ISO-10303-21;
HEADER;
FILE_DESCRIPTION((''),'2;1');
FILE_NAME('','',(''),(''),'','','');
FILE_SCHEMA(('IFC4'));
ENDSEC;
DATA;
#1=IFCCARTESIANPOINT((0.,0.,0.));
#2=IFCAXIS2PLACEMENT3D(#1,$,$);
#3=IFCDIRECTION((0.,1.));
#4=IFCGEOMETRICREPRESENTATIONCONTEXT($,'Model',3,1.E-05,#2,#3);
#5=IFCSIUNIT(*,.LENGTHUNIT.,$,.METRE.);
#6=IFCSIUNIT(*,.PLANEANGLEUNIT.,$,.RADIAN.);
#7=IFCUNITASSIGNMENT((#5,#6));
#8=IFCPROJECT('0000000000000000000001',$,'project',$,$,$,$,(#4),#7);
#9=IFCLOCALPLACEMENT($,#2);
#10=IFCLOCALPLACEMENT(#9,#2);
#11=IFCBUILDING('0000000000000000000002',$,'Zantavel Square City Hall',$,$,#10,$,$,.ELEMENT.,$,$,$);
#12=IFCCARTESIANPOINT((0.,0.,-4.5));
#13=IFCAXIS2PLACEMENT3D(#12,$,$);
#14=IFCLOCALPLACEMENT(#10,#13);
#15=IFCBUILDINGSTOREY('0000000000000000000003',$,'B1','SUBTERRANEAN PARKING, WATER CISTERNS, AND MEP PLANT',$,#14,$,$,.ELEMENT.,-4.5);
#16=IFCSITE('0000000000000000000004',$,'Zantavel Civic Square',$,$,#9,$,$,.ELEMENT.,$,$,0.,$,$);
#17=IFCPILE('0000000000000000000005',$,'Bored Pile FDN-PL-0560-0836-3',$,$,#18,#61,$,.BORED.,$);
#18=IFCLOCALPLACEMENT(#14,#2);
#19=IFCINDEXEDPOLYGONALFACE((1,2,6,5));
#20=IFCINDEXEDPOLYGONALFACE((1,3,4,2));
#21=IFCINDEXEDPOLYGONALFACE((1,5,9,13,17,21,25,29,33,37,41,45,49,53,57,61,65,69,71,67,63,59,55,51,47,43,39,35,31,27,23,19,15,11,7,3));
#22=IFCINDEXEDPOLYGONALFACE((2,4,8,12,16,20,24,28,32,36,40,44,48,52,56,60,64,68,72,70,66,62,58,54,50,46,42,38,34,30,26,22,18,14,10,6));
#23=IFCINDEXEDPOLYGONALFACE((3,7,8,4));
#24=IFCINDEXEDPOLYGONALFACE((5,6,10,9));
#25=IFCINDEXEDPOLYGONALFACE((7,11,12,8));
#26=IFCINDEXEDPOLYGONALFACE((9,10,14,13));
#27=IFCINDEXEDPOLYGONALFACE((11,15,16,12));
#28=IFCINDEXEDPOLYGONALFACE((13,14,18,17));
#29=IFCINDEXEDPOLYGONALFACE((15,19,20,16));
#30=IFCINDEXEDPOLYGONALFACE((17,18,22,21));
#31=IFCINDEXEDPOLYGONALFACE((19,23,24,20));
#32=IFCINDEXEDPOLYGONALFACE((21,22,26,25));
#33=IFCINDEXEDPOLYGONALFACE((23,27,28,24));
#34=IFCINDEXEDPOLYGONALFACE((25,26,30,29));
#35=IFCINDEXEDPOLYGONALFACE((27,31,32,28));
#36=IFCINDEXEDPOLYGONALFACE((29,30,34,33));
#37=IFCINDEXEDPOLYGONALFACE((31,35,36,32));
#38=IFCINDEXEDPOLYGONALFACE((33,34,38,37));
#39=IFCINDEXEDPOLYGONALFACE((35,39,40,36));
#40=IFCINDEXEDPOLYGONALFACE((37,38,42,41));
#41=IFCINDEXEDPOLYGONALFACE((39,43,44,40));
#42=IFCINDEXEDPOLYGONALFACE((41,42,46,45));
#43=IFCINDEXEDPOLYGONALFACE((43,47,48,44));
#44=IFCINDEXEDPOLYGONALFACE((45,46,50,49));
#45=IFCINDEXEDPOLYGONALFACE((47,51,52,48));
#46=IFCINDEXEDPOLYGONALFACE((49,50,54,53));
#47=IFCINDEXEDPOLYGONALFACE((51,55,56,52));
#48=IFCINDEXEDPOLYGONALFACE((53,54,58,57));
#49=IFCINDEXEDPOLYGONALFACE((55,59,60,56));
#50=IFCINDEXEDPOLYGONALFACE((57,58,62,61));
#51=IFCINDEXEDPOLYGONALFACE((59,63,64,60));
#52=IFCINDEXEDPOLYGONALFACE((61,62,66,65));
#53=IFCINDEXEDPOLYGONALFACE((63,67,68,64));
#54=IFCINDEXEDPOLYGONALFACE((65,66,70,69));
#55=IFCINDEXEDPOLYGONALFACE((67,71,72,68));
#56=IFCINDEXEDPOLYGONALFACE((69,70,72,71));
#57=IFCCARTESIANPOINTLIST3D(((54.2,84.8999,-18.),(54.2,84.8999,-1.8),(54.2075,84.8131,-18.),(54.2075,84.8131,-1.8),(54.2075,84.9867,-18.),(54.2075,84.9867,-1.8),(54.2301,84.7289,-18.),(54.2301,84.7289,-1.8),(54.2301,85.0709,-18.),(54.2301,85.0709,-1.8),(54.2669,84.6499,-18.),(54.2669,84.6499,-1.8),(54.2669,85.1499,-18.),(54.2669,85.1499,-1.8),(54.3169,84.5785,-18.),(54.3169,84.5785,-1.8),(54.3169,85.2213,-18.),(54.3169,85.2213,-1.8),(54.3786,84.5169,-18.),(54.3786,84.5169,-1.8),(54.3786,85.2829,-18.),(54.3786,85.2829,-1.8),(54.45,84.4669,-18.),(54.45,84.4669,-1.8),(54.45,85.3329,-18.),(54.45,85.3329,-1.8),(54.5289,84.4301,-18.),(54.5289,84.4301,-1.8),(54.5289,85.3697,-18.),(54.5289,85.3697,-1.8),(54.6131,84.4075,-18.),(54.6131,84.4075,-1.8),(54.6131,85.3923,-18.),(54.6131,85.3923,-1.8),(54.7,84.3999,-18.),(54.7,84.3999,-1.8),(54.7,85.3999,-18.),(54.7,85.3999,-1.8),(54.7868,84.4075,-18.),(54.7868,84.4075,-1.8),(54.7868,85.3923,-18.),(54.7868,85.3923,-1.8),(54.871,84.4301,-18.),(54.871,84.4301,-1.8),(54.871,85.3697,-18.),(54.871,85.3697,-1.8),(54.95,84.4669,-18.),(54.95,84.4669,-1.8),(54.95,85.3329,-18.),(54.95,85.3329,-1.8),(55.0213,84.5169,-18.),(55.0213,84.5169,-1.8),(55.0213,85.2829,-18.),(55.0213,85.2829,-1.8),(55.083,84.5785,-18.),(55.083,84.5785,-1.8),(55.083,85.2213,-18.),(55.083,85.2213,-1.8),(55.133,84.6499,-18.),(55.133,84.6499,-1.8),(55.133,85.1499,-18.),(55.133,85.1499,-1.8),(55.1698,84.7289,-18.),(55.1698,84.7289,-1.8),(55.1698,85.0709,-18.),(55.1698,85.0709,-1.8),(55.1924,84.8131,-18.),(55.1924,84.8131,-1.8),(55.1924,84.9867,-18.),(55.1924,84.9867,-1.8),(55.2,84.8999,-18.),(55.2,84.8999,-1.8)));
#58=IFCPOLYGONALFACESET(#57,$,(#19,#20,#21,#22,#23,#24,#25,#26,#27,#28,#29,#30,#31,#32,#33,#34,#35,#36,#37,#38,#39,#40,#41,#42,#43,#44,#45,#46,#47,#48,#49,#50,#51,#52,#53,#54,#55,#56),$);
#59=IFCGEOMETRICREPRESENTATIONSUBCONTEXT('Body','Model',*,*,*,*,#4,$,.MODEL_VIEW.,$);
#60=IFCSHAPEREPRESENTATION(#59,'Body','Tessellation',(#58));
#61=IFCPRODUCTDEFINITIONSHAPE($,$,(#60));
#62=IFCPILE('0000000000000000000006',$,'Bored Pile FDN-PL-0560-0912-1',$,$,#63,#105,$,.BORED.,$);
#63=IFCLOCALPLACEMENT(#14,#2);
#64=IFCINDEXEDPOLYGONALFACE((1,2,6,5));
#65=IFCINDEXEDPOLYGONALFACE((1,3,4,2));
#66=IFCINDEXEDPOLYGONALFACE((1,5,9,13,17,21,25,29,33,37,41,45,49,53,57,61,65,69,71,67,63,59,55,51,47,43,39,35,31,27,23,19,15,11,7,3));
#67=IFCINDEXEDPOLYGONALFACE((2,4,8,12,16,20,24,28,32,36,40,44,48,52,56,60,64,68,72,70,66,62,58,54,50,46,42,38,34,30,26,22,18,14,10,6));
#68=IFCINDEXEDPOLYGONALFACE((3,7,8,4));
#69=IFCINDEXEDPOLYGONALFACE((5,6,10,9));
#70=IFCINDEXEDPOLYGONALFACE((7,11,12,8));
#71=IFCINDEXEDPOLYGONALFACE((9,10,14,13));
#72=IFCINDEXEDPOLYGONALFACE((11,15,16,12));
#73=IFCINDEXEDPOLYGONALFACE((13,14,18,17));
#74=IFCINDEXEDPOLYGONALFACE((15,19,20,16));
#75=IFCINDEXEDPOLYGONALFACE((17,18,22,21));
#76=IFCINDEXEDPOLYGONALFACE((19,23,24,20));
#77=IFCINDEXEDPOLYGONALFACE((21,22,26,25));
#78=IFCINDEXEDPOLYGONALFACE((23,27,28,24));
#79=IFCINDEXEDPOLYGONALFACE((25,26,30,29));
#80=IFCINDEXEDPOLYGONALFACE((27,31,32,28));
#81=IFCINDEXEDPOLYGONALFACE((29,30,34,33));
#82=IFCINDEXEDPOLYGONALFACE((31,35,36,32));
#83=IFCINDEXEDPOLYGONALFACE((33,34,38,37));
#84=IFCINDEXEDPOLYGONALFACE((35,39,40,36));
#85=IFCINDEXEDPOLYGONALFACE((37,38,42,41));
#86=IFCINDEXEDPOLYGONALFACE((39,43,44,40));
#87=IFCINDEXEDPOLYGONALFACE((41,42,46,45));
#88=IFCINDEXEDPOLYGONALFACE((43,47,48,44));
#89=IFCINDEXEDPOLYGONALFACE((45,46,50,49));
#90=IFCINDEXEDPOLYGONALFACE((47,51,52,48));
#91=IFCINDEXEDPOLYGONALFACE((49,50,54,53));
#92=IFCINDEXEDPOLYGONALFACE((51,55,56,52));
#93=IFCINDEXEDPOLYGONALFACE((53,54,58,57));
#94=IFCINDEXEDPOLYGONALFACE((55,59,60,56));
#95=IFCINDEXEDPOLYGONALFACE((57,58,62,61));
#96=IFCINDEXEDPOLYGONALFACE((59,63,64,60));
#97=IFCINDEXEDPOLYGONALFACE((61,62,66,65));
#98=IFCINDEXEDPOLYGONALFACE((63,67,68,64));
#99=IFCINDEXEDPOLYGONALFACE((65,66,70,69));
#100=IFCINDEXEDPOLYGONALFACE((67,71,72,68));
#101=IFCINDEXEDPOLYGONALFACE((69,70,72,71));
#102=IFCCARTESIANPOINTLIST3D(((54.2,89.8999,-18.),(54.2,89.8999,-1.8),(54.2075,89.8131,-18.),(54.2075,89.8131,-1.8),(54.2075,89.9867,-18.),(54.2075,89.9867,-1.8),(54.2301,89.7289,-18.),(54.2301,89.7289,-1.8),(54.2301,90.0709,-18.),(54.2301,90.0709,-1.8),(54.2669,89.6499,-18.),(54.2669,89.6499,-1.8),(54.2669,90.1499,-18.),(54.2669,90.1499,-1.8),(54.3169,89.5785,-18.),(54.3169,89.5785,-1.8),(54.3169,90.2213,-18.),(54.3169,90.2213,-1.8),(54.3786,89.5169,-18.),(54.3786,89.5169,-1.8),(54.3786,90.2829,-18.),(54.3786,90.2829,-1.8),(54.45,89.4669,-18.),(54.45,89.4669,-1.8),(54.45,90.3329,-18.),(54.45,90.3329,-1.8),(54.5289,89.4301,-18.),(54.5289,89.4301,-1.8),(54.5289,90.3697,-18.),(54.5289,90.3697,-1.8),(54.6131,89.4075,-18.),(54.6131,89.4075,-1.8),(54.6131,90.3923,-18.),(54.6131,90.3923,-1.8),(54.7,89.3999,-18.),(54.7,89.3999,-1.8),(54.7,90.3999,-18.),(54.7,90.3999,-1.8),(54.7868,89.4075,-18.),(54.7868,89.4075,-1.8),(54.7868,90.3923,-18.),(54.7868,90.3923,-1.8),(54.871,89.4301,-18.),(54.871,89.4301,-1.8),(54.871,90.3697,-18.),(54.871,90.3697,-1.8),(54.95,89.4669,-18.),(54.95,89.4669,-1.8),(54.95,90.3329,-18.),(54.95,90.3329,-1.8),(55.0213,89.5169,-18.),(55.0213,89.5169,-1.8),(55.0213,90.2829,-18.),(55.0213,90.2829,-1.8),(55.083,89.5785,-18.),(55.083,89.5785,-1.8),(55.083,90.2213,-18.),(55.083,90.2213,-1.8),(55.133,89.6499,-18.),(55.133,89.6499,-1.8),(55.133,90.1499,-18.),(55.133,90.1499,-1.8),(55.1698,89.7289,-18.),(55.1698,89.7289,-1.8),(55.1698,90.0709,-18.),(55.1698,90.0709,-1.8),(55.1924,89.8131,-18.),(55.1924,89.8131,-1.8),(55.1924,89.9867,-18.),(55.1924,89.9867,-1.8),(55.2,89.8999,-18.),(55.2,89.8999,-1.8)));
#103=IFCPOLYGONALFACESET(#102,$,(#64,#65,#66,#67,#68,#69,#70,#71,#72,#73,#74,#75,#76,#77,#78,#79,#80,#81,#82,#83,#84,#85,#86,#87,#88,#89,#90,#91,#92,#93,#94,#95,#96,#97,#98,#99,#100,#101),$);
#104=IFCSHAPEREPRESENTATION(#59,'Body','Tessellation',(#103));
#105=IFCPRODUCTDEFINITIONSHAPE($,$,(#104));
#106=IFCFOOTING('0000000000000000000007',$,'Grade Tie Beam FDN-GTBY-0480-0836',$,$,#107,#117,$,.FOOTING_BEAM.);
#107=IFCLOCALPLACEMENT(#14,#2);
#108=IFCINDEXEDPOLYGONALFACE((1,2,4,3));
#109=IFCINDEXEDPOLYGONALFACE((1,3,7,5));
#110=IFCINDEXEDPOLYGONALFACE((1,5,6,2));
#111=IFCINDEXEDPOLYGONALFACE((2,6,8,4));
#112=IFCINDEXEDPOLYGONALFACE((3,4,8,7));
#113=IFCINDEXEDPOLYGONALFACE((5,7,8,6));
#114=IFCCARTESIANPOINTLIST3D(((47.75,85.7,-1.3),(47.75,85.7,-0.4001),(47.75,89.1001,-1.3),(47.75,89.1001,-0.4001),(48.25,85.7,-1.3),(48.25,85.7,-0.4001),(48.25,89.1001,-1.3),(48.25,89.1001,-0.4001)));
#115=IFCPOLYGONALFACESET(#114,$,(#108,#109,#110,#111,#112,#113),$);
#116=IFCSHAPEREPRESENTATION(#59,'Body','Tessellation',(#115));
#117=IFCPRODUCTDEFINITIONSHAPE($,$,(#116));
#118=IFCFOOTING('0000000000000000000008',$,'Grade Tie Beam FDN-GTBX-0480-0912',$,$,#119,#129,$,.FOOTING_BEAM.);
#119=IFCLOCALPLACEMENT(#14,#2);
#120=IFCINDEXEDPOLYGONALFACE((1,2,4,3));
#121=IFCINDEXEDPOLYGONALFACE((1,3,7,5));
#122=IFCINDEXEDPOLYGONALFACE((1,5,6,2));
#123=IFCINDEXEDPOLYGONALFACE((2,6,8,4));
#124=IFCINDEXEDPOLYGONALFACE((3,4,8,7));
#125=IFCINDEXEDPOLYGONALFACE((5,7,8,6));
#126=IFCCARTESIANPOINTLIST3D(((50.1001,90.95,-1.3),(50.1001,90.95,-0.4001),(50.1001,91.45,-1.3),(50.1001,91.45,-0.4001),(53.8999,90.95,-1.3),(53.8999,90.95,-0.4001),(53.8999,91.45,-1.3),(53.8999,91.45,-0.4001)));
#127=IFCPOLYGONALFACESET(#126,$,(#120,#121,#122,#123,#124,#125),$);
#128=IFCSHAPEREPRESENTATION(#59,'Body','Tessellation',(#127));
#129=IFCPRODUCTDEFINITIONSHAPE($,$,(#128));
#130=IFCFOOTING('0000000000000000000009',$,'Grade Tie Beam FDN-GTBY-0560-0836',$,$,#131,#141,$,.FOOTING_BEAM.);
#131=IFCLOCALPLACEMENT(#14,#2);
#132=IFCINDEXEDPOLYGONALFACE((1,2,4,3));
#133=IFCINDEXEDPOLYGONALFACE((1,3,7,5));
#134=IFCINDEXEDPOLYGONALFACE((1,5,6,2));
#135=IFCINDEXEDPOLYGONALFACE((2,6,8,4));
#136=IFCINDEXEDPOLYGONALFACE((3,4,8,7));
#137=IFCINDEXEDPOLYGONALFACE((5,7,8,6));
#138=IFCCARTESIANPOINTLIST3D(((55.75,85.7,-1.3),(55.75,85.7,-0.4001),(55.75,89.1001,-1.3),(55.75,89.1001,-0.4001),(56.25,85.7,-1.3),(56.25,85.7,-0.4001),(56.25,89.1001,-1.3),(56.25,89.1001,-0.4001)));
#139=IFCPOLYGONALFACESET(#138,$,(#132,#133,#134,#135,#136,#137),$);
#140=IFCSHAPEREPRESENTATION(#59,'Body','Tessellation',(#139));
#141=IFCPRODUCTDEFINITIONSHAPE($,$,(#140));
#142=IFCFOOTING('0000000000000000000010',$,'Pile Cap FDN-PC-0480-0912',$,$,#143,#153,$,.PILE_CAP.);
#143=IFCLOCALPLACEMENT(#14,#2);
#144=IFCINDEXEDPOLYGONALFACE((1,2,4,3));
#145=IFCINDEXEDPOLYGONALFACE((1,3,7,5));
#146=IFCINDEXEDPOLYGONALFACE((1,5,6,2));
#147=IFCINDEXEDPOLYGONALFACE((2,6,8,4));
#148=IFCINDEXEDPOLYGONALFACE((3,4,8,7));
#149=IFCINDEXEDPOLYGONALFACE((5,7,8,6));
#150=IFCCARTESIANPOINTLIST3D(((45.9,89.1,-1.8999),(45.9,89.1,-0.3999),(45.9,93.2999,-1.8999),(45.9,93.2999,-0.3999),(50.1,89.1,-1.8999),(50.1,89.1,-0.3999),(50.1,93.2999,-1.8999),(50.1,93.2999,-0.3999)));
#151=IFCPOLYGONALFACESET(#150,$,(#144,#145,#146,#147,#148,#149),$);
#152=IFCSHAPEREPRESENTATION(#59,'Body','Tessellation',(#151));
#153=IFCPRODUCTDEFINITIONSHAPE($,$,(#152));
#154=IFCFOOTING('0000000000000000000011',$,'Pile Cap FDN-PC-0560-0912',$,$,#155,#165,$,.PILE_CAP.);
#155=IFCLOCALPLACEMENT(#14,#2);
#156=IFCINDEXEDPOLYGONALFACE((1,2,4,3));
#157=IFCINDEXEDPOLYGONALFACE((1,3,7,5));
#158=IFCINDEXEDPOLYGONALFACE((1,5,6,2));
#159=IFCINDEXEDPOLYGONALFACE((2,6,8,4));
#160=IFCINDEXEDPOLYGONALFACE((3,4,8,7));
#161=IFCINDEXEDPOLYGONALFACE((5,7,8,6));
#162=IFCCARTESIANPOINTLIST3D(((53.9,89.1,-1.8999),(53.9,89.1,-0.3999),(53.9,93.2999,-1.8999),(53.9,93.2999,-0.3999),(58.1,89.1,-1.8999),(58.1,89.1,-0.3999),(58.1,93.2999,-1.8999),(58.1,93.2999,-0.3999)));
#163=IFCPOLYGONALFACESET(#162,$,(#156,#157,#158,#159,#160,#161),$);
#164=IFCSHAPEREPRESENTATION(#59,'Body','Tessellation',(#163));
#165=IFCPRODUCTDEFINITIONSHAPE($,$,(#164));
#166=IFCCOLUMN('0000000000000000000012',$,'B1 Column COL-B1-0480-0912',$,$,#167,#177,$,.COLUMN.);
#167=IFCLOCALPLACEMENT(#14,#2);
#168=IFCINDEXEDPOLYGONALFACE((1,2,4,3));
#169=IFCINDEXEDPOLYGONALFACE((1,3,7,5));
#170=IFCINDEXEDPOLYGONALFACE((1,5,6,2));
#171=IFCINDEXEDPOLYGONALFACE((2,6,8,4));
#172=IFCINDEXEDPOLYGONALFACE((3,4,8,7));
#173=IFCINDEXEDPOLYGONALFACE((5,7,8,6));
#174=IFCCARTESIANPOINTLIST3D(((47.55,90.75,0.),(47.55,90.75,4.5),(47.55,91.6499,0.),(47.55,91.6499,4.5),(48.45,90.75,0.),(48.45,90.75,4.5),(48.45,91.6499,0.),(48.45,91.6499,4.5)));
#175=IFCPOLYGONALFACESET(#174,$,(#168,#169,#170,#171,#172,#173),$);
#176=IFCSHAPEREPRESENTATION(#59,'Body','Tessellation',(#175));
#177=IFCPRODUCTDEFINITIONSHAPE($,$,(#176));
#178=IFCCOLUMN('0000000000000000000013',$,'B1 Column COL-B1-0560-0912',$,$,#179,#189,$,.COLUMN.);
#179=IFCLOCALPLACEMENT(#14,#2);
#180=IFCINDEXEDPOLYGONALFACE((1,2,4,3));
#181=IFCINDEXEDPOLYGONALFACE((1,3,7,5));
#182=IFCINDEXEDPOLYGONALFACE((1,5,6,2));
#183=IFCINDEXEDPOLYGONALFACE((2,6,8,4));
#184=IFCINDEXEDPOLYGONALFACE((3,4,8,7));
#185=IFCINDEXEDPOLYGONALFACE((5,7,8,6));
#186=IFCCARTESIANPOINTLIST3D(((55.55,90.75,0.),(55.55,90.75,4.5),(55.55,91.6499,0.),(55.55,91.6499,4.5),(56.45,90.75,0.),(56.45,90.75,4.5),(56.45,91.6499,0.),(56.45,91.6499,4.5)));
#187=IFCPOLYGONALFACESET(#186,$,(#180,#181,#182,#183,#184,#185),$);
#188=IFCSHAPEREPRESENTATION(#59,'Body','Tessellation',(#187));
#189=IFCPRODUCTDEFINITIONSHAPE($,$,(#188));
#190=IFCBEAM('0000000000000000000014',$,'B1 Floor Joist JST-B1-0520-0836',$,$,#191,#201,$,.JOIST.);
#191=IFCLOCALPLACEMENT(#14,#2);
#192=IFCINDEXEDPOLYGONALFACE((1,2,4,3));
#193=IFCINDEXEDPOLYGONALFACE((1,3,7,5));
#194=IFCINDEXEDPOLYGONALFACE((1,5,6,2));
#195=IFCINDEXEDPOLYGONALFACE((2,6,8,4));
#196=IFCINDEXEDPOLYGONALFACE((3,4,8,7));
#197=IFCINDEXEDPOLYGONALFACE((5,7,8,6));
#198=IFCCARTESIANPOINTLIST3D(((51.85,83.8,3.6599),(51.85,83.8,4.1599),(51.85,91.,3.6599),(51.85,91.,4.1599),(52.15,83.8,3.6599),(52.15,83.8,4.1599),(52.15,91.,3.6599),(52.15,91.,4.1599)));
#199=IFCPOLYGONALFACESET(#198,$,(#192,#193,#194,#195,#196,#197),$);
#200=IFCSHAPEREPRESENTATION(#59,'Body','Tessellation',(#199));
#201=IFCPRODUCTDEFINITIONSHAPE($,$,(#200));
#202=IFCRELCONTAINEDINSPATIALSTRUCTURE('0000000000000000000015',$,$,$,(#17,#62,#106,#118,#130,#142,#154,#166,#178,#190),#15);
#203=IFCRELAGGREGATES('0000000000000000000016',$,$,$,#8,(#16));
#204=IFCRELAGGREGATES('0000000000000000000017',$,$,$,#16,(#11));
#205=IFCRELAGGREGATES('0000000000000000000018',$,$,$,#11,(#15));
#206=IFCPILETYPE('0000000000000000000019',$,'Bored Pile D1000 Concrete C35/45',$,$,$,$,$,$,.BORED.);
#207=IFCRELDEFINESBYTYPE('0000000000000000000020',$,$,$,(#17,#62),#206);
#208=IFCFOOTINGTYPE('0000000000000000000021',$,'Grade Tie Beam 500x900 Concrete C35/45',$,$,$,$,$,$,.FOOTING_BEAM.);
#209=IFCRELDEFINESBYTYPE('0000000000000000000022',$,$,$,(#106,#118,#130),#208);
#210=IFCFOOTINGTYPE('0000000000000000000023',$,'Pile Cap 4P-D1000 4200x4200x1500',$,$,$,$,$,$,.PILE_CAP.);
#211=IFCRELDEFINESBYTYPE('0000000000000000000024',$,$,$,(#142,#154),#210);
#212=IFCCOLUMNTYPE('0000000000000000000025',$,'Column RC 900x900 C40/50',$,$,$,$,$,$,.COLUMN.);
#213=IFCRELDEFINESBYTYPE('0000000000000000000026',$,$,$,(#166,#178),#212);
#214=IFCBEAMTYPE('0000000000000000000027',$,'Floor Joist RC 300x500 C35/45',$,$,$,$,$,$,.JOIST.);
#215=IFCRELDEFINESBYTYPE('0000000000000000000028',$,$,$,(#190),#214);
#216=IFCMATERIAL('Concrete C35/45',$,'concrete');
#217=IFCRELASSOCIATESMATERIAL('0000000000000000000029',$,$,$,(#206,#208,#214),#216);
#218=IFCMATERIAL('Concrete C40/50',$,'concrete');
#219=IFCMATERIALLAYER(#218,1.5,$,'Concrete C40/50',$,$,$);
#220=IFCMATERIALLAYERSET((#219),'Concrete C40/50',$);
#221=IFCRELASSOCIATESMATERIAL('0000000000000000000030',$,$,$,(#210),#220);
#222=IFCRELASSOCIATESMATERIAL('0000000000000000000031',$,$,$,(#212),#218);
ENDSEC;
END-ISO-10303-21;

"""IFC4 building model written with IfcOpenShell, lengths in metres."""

from ifc_helpers import new_model, si_unit, direction, frame, origin, origin_2d, place, context, subcontext, project, spatial, rectangle, circle, extrude, material, layer, layer_set, material_profile, profile_set, type_object, element, save


model = new_model("IFC4")

# Units and contexts
model_context = context("Model", 3, precision=1e-05, world=origin(), true_north=direction((0.0, 1.0)))
body_context = subcontext(model_context, "Body", "Model", "MODEL_VIEW")
ifc_project = project(units=[si_unit("LENGTHUNIT", "METRE"), si_unit("PLANEANGLEUNIT", "RADIAN")], contexts=[model_context])

# Site, building, storey
site_placement = place(None, origin())
site = spatial("IfcSite", under=ifc_project, at=site_placement, Name="Zantavel Civic Square", CompositionType="ELEMENT", RefElevation=0.0)
building_placement = place(site_placement, origin())
building = spatial("IfcBuilding", under=site, at=building_placement, Name="Zantavel Square City Hall", CompositionType="ELEMENT")
storey_placement = place(building_placement, frame((0.0, 0.0, -4.5)))
storey = spatial("IfcBuildingStorey", under=building, at=storey_placement, Name="B1", Description="SUBTERRANEAN PARKING, WATER CISTERNS, AND MEP PLANT", CompositionType="ELEMENT", Elevation=-4.5)

# Piles
ifc_material_1 = material(Name="Concrete C35/45", Category="concrete")
ifc_material_profile_1 = material_profile(ifc_material_1, circle(Radius=0.5, at=origin_2d()), Name="PILE D1000")
ifc_profile_set_1 = profile_set([ifc_material_profile_1], Name="Concrete C35/45")
pile_type = type_object("IfcPileType", Name="Bored Pile D1000 Concrete C35/45", PredefinedType="BORED", material=ifc_profile_set_1)
for number, where, z_axis, x_axis, name in (
    (1, (54.7, 84.8999, -1.8), (0.0, 0.0, -1.0), (1.0, 0.0, 0.0), "Bored Pile FDN-PL-0560-0836-3"),
    (2, (54.7, 89.8999, -1.8), (0.0, 0.0, -1.0), (1.0, 0.0, 0.0), "Bored Pile FDN-PL-0560-0912-1"),
):
    element("IfcPile", number, at=place(storey_placement, frame(where, z_axis=z_axis, x_axis=x_axis)), inside=storey, type_object=pile_type, Name=name, PredefinedType="BORED", context=body_context, shape_type="SweptSolid", body=[
        extrude(circle(Radius=0.5, at=origin_2d()), origin(), (0.0, 0.0, 1.0), 16.2),
    ])

# Footings
ifc_material_profile_2 = material_profile(ifc_material_1, rectangle(XDim=0.5, YDim=0.8999, at=origin_2d()), Name="RC 500x900")
ifc_profile_set_2 = profile_set([ifc_material_profile_2], Name="Concrete C35/45")
footing_type_1 = type_object("IfcFootingType", Name="Grade Tie Beam 500x900 Concrete C35/45", PredefinedType="FOOTING_BEAM", material=ifc_profile_set_2)
footing_1_placement = place(storey_placement, frame((48.0, 85.7, -0.8501), z_axis=(0.0, 1.0, 0.0), x_axis=(-1.0, 0.0, 0.0)))
element("IfcFooting", 3, at=footing_1_placement, inside=storey, type_object=footing_type_1, Name="Grade Tie Beam FDN-GTBY-0480-0836", PredefinedType="FOOTING_BEAM", context=body_context, shape_type="SweptSolid", body=[
    extrude(rectangle(XDim=0.5, YDim=0.8999, at=origin_2d()), origin(), (0.0, 0.0, 1.0), 3.4001),
])
footing_2_placement = place(storey_placement, frame((50.1001, 91.2, -0.8501), z_axis=(1.0, 0.0, 0.0), x_axis=(0.0, 1.0, 0.0)))
element("IfcFooting", 4, at=footing_2_placement, inside=storey, type_object=footing_type_1, Name="Grade Tie Beam FDN-GTBX-0480-0912", PredefinedType="FOOTING_BEAM", context=body_context, shape_type="SweptSolid", body=[
    extrude(rectangle(XDim=0.5, YDim=0.8999, at=origin_2d()), origin(), (0.0, 0.0, 1.0), 3.7998),
])
footing_3_placement = place(storey_placement, frame((56.0, 85.7, -0.8501), z_axis=(0.0, 1.0, 0.0), x_axis=(-1.0, 0.0, 0.0)))
element("IfcFooting", 5, at=footing_3_placement, inside=storey, type_object=footing_type_1, Name="Grade Tie Beam FDN-GTBY-0560-0836", PredefinedType="FOOTING_BEAM", context=body_context, shape_type="SweptSolid", body=[
    extrude(rectangle(XDim=0.5, YDim=0.8999, at=origin_2d()), origin(), (0.0, 0.0, 1.0), 3.4001),
])
ifc_material_2 = material(Name="Concrete C40/50", Category="concrete")
ifc_layer_1 = layer(ifc_material_2, 1.5, Name="Concrete C40/50")
ifc_layer_set_1 = layer_set([ifc_layer_1], Name="Concrete C40/50")
footing_type_2 = type_object("IfcFootingType", Name="Pile Cap 4P-D1000 4200x4200x1500", PredefinedType="PILE_CAP", material=ifc_layer_set_1)
for number, where, z_axis, x_axis, name in (
    (6, (48.0, 91.2, -1.8999), (0.0, 0.0, 1.0), (1.0, 0.0, 0.0), "Pile Cap FDN-PC-0480-0912"),
    (7, (56.0, 91.2, -1.8999), (0.0, 0.0, 1.0), (1.0, 0.0, 0.0), "Pile Cap FDN-PC-0560-0912"),
):
    element("IfcFooting", number, at=place(storey_placement, frame(where, z_axis=z_axis, x_axis=x_axis)), inside=storey, type_object=footing_type_2, Name=name, PredefinedType="PILE_CAP", context=body_context, shape_type="SweptSolid", body=[
        extrude(rectangle(XDim=4.2, YDim=4.2, at=origin_2d()), origin(), (0.0, 0.0, 1.0), 1.5),
    ])

# Columns
ifc_material_profile_3 = material_profile(ifc_material_2, rectangle(XDim=0.8999, YDim=0.8999, at=origin_2d()), Name="RC 900x900")
ifc_profile_set_3 = profile_set([ifc_material_profile_3], Name="Concrete C40/50")
column_type = type_object("IfcColumnType", Name="Column RC 900x900 C40/50", PredefinedType="COLUMN", material=ifc_profile_set_3)
for number, where, z_axis, x_axis, name in (
    (8, (48.0, 91.2, 0.0), (0.0, 0.0, 1.0), (1.0, 0.0, 0.0), "B1 Column COL-B1-0480-0912"),
    (9, (56.0, 91.2, 0.0), (0.0, 0.0, 1.0), (1.0, 0.0, 0.0), "B1 Column COL-B1-0560-0912"),
):
    element("IfcColumn", number, at=place(storey_placement, frame(where, z_axis=z_axis, x_axis=x_axis)), inside=storey, type_object=column_type, Name=name, PredefinedType="COLUMN", context=body_context, shape_type="SweptSolid", body=[
        extrude(rectangle(XDim=0.8999, YDim=0.8999, at=origin_2d()), origin(), (0.0, 0.0, 1.0), 4.5),
    ])

# Beam
ifc_material_profile_4 = material_profile(ifc_material_1, rectangle(XDim=0.3, YDim=0.5, at=origin_2d()), Name="RC 300x500")
ifc_profile_set_4 = profile_set([ifc_material_profile_4], Name="Concrete C35/45")
beam_type_1 = type_object("IfcBeamType", Name="Floor Joist RC 300x500 C35/45", PredefinedType="JOIST", material=ifc_profile_set_4)
beam_1_placement = place(storey_placement, frame((52.0, 83.8, 3.9099), z_axis=(0.0, 1.0, 0.0), x_axis=(-1.0, 0.0, 0.0)))
element("IfcBeam", 10, at=beam_1_placement, inside=storey, type_object=beam_type_1, Name="B1 Floor Joist JST-B1-0520-0836", PredefinedType="JOIST", context=body_context, shape_type="SweptSolid", body=[
    extrude(rectangle(XDim=0.3, YDim=0.5, at=origin_2d()), origin(), (0.0, 0.0, 1.0), 7.2),
])

save(model, "model.ifc")
